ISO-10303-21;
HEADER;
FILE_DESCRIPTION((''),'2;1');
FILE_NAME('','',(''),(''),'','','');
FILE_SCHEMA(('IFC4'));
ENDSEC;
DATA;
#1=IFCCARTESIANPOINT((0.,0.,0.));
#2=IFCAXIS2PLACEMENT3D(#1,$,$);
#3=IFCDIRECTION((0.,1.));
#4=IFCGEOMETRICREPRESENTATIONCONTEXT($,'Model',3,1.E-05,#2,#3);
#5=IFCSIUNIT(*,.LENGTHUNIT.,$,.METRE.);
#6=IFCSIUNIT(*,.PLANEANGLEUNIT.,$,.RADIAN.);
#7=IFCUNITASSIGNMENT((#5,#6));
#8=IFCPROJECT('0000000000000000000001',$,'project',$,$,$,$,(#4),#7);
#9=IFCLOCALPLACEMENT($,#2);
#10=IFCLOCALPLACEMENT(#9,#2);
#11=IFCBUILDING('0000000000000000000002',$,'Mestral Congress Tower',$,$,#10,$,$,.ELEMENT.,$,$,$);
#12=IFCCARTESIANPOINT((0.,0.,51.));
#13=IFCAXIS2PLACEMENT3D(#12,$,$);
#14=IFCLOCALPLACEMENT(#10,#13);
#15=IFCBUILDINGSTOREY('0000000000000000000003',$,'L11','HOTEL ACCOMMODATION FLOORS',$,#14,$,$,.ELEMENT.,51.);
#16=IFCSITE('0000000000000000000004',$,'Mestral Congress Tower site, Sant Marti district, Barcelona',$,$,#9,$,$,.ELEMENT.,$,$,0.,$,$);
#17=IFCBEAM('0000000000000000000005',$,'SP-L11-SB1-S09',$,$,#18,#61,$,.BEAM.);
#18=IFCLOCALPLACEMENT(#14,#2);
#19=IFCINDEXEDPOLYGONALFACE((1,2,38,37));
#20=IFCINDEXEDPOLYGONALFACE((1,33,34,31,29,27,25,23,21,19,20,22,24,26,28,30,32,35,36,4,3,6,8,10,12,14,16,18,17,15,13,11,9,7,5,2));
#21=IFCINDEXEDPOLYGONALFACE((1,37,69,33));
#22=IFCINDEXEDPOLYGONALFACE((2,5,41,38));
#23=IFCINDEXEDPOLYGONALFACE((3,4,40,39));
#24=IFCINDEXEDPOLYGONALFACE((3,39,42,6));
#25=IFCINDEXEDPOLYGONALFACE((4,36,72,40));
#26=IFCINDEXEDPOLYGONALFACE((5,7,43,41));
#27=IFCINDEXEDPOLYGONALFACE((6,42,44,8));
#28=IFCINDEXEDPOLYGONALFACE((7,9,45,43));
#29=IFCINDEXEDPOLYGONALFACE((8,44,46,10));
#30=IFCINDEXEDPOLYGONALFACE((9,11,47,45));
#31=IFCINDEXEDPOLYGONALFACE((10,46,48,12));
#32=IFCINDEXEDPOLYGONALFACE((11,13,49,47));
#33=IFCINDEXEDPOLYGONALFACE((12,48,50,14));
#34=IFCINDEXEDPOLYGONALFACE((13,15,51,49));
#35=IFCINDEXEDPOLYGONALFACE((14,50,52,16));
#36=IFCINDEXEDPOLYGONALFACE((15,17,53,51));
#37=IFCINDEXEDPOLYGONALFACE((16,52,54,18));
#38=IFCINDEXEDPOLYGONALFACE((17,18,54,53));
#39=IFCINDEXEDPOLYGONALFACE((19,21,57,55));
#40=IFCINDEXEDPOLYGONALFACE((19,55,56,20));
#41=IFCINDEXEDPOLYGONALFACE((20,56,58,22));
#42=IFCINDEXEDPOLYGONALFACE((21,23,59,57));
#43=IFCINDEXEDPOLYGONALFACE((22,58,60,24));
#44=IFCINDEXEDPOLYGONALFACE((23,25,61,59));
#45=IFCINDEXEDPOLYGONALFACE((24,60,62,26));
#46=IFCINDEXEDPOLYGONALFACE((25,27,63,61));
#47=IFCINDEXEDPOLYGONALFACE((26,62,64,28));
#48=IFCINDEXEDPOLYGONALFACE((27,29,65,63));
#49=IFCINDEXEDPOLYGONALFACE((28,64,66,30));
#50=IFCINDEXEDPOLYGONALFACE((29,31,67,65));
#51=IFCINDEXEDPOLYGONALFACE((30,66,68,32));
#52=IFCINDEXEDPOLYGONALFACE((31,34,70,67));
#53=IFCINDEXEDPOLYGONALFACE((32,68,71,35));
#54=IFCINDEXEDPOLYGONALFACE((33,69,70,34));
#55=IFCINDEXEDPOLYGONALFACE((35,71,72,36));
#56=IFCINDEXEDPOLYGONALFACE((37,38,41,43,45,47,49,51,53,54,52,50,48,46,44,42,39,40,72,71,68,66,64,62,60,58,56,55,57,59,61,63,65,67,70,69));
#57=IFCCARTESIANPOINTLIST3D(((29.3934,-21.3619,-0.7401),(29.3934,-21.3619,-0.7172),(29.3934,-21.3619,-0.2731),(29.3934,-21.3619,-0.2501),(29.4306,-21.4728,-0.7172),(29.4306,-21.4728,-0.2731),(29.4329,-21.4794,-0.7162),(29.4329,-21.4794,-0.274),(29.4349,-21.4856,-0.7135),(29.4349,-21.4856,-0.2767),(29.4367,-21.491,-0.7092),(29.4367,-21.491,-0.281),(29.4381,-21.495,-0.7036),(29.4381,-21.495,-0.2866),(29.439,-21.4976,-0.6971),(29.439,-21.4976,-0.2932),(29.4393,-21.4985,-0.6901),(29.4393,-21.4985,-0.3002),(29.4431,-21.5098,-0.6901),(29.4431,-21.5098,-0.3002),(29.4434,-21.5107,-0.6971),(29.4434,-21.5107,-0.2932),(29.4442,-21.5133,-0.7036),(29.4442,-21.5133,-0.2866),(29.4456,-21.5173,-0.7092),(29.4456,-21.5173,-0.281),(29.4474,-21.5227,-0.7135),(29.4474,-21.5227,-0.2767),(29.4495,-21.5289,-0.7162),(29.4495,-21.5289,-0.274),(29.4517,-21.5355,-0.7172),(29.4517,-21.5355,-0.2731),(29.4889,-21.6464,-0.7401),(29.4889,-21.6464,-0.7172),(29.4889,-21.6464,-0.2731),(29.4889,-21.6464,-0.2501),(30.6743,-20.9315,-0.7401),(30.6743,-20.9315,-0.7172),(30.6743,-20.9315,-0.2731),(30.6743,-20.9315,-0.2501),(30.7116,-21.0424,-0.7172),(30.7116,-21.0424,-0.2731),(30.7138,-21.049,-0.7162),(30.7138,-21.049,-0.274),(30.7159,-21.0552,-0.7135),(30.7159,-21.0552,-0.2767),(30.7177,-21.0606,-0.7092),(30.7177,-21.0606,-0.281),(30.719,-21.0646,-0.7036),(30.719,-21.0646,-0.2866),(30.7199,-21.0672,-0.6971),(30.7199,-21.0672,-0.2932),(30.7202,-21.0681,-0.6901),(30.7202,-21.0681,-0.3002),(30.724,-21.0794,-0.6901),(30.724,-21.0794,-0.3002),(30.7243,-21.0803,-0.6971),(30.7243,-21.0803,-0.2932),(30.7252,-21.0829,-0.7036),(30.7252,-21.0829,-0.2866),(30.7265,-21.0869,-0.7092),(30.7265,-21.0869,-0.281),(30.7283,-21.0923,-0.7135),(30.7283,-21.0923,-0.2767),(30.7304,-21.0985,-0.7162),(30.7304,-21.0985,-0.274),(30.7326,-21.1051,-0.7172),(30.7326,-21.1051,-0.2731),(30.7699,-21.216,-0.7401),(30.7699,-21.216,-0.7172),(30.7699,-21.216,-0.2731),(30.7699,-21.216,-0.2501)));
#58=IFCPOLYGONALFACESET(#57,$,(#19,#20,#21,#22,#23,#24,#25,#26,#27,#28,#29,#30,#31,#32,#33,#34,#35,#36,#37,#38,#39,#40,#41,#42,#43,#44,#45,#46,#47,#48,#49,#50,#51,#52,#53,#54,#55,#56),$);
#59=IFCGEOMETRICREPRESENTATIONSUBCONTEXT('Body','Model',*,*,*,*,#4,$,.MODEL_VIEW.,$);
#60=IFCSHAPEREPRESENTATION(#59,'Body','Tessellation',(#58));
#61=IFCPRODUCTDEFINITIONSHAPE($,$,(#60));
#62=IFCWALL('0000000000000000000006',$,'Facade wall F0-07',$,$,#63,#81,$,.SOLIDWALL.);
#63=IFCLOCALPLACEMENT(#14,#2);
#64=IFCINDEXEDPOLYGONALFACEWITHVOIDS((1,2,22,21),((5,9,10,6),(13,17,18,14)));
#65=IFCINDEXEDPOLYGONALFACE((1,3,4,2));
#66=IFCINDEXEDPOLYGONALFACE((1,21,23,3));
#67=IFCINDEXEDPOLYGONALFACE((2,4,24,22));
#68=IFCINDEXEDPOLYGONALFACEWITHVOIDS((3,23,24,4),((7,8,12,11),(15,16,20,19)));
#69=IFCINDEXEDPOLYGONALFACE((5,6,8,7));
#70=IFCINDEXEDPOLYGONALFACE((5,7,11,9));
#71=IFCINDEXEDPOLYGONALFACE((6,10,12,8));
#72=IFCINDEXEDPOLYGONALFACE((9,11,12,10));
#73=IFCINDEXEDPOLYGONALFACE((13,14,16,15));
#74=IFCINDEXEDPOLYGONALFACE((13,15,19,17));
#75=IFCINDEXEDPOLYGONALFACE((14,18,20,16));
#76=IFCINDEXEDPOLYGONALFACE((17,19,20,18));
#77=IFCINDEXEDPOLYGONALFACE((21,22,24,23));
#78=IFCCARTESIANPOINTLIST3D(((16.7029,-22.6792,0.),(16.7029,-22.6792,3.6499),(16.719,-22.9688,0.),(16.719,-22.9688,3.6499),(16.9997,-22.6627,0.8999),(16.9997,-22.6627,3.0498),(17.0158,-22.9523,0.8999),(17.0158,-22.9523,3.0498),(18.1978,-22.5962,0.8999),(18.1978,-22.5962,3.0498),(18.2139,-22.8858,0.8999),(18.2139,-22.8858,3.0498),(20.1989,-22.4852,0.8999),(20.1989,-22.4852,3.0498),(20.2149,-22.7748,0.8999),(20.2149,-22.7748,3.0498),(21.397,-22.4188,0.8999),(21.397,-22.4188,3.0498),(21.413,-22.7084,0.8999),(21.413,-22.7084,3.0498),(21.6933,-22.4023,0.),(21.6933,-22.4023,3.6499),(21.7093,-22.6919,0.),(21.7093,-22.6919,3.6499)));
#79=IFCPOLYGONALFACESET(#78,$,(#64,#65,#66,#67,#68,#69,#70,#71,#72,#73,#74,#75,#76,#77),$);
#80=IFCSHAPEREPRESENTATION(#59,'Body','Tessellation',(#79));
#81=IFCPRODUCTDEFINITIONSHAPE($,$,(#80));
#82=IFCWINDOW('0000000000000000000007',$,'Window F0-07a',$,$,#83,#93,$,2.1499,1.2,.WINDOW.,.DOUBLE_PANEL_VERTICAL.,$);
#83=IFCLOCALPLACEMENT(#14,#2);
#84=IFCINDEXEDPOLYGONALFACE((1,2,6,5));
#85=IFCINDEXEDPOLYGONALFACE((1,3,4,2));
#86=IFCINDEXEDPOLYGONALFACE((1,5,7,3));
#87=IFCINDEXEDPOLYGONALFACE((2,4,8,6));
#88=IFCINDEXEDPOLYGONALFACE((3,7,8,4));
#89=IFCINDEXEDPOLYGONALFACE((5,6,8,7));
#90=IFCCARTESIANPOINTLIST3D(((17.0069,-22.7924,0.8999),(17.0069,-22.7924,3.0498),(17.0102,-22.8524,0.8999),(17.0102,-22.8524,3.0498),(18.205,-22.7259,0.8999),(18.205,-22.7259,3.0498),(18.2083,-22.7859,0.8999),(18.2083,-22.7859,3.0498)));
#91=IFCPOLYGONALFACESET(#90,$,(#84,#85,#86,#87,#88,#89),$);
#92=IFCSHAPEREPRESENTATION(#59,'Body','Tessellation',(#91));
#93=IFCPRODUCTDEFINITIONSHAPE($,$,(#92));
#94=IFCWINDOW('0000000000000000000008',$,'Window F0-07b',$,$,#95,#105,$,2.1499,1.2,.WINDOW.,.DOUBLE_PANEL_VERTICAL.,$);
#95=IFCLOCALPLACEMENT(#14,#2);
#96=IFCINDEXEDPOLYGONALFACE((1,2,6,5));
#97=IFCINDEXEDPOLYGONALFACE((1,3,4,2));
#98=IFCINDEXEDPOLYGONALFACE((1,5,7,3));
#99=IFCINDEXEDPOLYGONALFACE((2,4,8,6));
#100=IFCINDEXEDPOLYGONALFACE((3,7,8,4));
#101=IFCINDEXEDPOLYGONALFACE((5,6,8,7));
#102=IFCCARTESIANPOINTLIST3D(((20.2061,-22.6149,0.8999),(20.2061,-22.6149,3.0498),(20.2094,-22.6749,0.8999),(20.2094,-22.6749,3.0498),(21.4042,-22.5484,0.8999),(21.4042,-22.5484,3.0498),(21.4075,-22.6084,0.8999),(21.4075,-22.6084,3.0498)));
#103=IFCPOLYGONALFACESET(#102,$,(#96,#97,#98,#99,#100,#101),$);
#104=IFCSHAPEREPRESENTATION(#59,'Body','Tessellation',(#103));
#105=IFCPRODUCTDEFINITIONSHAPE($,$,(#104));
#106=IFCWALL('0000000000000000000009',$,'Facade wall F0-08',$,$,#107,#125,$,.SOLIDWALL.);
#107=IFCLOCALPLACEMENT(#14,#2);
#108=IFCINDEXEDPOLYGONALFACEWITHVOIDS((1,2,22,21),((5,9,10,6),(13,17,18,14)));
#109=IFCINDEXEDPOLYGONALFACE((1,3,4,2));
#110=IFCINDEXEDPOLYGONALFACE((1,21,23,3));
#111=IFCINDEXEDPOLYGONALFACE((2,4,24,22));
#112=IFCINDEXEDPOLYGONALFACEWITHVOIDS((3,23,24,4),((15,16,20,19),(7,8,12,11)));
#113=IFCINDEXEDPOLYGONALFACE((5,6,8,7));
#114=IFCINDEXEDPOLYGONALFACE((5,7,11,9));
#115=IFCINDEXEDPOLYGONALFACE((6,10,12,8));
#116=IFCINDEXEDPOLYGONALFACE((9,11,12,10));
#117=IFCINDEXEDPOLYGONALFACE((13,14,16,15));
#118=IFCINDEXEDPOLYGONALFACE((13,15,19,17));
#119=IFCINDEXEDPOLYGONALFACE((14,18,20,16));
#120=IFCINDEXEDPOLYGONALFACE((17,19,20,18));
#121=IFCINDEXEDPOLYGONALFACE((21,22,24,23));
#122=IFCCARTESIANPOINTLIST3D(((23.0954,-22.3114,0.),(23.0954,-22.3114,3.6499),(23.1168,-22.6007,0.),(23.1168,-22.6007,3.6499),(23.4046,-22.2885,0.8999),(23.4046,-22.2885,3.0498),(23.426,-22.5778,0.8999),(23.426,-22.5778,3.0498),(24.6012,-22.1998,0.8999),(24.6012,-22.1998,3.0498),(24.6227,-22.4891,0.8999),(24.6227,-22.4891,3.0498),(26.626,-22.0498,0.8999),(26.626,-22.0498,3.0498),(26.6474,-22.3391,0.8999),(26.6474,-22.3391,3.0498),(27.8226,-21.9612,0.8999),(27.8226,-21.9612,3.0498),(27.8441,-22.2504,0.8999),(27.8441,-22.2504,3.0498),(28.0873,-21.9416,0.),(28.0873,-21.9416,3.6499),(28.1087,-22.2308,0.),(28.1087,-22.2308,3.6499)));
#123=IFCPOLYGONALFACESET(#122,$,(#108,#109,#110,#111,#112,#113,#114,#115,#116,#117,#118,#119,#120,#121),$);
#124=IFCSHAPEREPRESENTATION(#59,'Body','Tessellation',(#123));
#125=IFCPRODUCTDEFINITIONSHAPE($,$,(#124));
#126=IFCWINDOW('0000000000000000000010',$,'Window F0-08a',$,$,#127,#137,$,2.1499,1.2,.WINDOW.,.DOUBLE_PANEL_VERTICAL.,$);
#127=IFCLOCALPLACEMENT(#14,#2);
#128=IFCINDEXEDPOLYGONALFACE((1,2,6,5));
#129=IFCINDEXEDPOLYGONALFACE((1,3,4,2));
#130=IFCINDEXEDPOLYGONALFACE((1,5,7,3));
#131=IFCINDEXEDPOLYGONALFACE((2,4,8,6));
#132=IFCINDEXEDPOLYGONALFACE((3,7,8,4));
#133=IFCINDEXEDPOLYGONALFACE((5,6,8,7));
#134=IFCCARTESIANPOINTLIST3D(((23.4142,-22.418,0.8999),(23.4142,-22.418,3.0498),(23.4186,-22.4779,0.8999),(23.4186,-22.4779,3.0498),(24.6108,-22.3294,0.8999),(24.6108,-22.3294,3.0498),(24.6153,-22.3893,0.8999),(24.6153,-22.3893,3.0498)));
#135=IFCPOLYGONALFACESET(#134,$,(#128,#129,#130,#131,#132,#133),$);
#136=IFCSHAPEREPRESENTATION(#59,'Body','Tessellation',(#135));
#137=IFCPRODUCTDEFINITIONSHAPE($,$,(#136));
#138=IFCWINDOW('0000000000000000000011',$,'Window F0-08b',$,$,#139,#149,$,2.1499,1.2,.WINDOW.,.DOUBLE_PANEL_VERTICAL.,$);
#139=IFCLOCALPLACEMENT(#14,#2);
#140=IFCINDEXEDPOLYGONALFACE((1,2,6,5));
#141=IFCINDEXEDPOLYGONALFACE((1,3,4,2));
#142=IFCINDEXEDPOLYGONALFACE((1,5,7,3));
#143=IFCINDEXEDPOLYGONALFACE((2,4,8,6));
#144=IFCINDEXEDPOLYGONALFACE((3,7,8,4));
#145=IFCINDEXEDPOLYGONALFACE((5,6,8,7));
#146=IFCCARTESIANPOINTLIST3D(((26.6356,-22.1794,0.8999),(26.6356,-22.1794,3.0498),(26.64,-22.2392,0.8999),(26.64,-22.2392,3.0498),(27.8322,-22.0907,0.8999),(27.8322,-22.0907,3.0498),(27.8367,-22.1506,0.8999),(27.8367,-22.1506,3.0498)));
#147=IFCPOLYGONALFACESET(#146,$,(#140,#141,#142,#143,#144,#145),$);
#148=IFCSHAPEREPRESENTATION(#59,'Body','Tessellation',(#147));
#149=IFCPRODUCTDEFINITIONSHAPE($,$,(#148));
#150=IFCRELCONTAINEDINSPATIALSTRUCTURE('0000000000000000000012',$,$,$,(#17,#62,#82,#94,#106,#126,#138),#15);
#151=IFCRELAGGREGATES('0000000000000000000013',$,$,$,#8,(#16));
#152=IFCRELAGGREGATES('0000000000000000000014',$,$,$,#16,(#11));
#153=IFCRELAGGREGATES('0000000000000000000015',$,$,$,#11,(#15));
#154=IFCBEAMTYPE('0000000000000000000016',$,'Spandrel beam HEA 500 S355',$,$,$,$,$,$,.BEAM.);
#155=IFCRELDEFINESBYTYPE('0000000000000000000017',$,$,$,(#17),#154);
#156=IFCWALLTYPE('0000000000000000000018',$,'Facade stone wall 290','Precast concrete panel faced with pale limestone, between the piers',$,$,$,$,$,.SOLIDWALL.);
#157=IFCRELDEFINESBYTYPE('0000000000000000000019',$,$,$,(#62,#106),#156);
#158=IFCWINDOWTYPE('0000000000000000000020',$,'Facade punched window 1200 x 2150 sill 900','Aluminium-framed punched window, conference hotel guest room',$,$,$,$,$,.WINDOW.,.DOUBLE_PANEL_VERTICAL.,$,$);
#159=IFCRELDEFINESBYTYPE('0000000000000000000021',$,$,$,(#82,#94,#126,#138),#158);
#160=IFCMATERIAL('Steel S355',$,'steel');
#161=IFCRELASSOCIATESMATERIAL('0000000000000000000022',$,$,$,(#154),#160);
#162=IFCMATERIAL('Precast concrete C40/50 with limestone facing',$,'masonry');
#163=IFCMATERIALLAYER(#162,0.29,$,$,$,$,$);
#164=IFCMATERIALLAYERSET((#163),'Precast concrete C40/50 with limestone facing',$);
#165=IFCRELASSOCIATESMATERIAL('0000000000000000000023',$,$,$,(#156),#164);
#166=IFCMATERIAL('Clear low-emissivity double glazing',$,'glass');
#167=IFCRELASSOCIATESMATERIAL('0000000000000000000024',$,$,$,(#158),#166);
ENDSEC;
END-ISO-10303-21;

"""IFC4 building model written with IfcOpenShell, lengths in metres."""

from ifc_helpers import new_model, si_unit, direction, frame, frame_2d, origin, origin_2d, place, context, subcontext, project, spatial, rectangle, i_section, extrude, material, layer, layer_set, material_profile, profile_set, type_object, element, fill, save


model = new_model("IFC4")

# Units and contexts
model_context = context("Model", 3, precision=1e-05, world=origin(), true_north=direction((0.0, 1.0)))
body_context = subcontext(model_context, "Body", "Model", "MODEL_VIEW")
ifc_project = project(units=[si_unit("LENGTHUNIT", "METRE"), si_unit("PLANEANGLEUNIT", "RADIAN")], contexts=[model_context])

# Site, building, storey
site_placement = place(None, origin())
site = spatial("IfcSite", under=ifc_project, at=site_placement, Name="Mestral Congress Tower site, Sant Marti district, Barcelona", CompositionType="ELEMENT", RefElevation=0.0)
building_placement = place(site_placement, origin())
building = spatial("IfcBuilding", under=site, at=building_placement, Name="Mestral Congress Tower", CompositionType="ELEMENT")
storey_placement = place(building_placement, frame((0.0, 0.0, 51.0)))
storey = spatial("IfcBuildingStorey", under=building, at=storey_placement, Name="L11", Description="HOTEL ACCOMMODATION FLOORS", CompositionType="ELEMENT", Elevation=51.0)

# Beam
ifc_material_1 = material(Name="Steel S355", Category="steel")
ifc_material_profile_1 = material_profile(ifc_material_1, i_section(OverallWidth=0.3, OverallDepth=0.49, WebThickness=0.012, FlangeThickness=0.0229, FilletRadius=0.0271, at=origin_2d()), Name="HEA 500")
ifc_profile_set_1 = profile_set([ifc_material_profile_1], Name="Steel S355")
beam_type_1 = type_object("IfcBeamType", Name="Spandrel beam HEA 500 S355", PredefinedType="BEAM", material=ifc_profile_set_1)
beam_1_placement = place(storey_placement, frame((29.4412, -21.5042, -0.4951), z_axis=(0.947922, 0.318503, 0.0), x_axis=(-0.318503, 0.947922, 0.0)))
element("IfcBeam", 1, at=beam_1_placement, inside=storey, type_object=beam_type_1, Name="SP-L11-SB1-S09", PredefinedType="BEAM", context=body_context, shape_type="SweptSolid", body=[
    extrude(i_section(OverallWidth=0.3, OverallDepth=0.49, WebThickness=0.012, FlangeThickness=0.0229, FilletRadius=0.0271, at=origin_2d()), origin(), (0.0, 0.0, 1.0), 1.3513),
])

# Walls, openings, windows
ifc_material_2 = material(Name="Precast concrete C40/50 with limestone facing", Category="masonry")
ifc_layer_1 = layer(ifc_material_2, 0.29)
ifc_layer_set_1 = layer_set([ifc_layer_1], Name="Precast concrete C40/50 with limestone facing")
wall_type_1 = type_object("IfcWallType", Name="Facade stone wall 290", Description="Precast concrete panel faced with pale limestone, between the piers", PredefinedType="SOLIDWALL", material=ifc_layer_set_1)
wall_1_placement = place(storey_placement, frame((16.7109, -22.824, 0.0), z_axis=(0.0, 0.0, 1.0), x_axis=(0.998465, 0.055392, 0.0)))
wall_1 = element("IfcWall", 2, at=wall_1_placement, inside=storey, type_object=wall_type_1, Name="Facade wall F0-07", PredefinedType="SOLIDWALL", context=body_context, shape_type="SweptSolid", body=[
    extrude(rectangle(XDim=4.998, YDim=0.29, at=frame_2d((2.499, 0.0))), origin(), (0.0, 0.0, 1.0), 3.6499),
])
opening_1_placement = place(wall_1_placement, frame((0.2971, 0.0, 0.8999)))
opening_1 = element("IfcOpeningElement", 3, at=opening_1_placement, cuts=wall_1, PredefinedType="OPENING", context=body_context, shape_type="SweptSolid", body=[
    extrude(rectangle(XDim=1.2, YDim=2.1499, at=frame_2d((0.6001, 1.075))), frame((0.0, 0.155, 0.0), z_axis=(0.0, -1.0, 0.0), x_axis=(1.0, 0.0, 0.0)), (0.0, 0.0, 1.0), 0.3101),
])
opening_2_placement = place(wall_1_placement, frame((3.5012, 0.0, 0.8999)))
opening_2 = element("IfcOpeningElement", 4, at=opening_2_placement, cuts=wall_1, PredefinedType="OPENING", context=body_context, shape_type="SweptSolid", body=[
    extrude(rectangle(XDim=1.2, YDim=2.1499, at=frame_2d((0.6001, 1.075))), frame((0.0, 0.155, 0.0), z_axis=(0.0, -1.0, 0.0), x_axis=(1.0, 0.0, 0.0)), (0.0, 0.0, 1.0), 0.3101),
])
ifc_material_3 = material(Name="Clear low-emissivity double glazing", Category="glass")
window_type_1 = type_object("IfcWindowType", Name="Facade punched window 1200 x 2150 sill 900", Description="Aluminium-framed punched window, conference hotel guest room", PartitioningType="DOUBLE_PANEL_VERTICAL", PredefinedType="WINDOW", material=ifc_material_3)
window_1_placement = place(opening_1_placement, origin())
window_1 = element("IfcWindow", 5, at=window_1_placement, inside=storey, type_object=window_type_1, Name="Window F0-07a", OverallHeight=2.1499, OverallWidth=1.2, PartitioningType="DOUBLE_PANEL_VERTICAL", PredefinedType="WINDOW", context=body_context, shape_type="SweptSolid", body=[
    extrude(rectangle(XDim=1.2, YDim=2.1499, at=frame_2d((0.6001, 1.075))), frame((0.0, 0.0151, 0.0), z_axis=(0.0, -1.0, 0.0), x_axis=(1.0, 0.0, 0.0)), (0.0, 0.0, 1.0), 0.0601),
])
fill(opening_1, window_1)
window_2_placement = place(opening_2_placement, origin())
window_2 = element("IfcWindow", 6, at=window_2_placement, inside=storey, type_object=window_type_1, Name="Window F0-07b", OverallHeight=2.1499, OverallWidth=1.2, PartitioningType="DOUBLE_PANEL_VERTICAL", PredefinedType="WINDOW", context=body_context, shape_type="SweptSolid", body=[
    extrude(rectangle(XDim=1.2, YDim=2.1499, at=frame_2d((0.6001, 1.075))), frame((0.0, 0.0151, 0.0), z_axis=(0.0, -1.0, 0.0), x_axis=(1.0, 0.0, 0.0)), (0.0, 0.0, 1.0), 0.0601),
])
fill(opening_2, window_2)
wall_2_placement = place(storey_placement, frame((23.106, -22.4561, 0.0), z_axis=(0.0, 0.0, 1.0), x_axis=(0.997266, 0.073891, 0.0)))
wall_2 = element("IfcWall", 7, at=wall_2_placement, inside=storey, type_object=wall_type_1, Name="Facade wall F0-08", PredefinedType="SOLIDWALL", context=body_context, shape_type="SweptSolid", body=[
    extrude(rectangle(XDim=5.0056, YDim=0.29, at=frame_2d((2.5029, 0.0))), origin(), (0.0, 0.0, 1.0), 3.6499),
])
opening_3_placement = place(wall_2_placement, frame((0.3101, 0.0, 0.8999)))
opening_3 = element("IfcOpeningElement", 8, at=opening_3_placement, cuts=wall_2, PredefinedType="OPENING", context=body_context, shape_type="SweptSolid", body=[
    extrude(rectangle(XDim=1.2, YDim=2.1499, at=frame_2d((0.6001, 1.075))), frame((0.0, 0.155, 0.0), z_axis=(0.0, -1.0, 0.0), x_axis=(1.0, 0.0, 0.0)), (0.0, 0.0, 1.0), 0.3101),
])
opening_4_placement = place(wall_2_placement, frame((3.5403, 0.0, 0.8999)))
opening_4 = element("IfcOpeningElement", 9, at=opening_4_placement, cuts=wall_2, PredefinedType="OPENING", context=body_context, shape_type="SweptSolid", body=[
    extrude(rectangle(XDim=1.2, YDim=2.1499, at=frame_2d((0.6001, 1.075))), frame((0.0, 0.155, 0.0), z_axis=(0.0, -1.0, 0.0), x_axis=(1.0, 0.0, 0.0)), (0.0, 0.0, 1.0), 0.3101),
])
window_3_placement = place(opening_3_placement, origin())
window_3 = element("IfcWindow", 10, at=window_3_placement, inside=storey, type_object=window_type_1, Name="Window F0-08a", OverallHeight=2.1499, OverallWidth=1.2, PartitioningType="DOUBLE_PANEL_VERTICAL", PredefinedType="WINDOW", context=body_context, shape_type="SweptSolid", body=[
    extrude(rectangle(XDim=1.2, YDim=2.1499, at=frame_2d((0.6001, 1.075))), frame((0.0, 0.0151, 0.0), z_axis=(0.0, -1.0, 0.0), x_axis=(1.0, 0.0, 0.0)), (0.0, 0.0, 1.0), 0.0601),
])
fill(opening_3, window_3)
window_4_placement = place(opening_4_placement, origin())
window_4 = element("IfcWindow", 11, at=window_4_placement, inside=storey, type_object=window_type_1, Name="Window F0-08b", OverallHeight=2.1499, OverallWidth=1.2, PartitioningType="DOUBLE_PANEL_VERTICAL", PredefinedType="WINDOW", context=body_context, shape_type="SweptSolid", body=[
    extrude(rectangle(XDim=1.2, YDim=2.1499, at=frame_2d((0.6001, 1.075))), frame((0.0, 0.0151, 0.0), z_axis=(0.0, -1.0, 0.0), x_axis=(1.0, 0.0, 0.0)), (0.0, 0.0, 1.0), 0.0601),
])
fill(opening_4, window_4)

save(model, "model.ifc")
